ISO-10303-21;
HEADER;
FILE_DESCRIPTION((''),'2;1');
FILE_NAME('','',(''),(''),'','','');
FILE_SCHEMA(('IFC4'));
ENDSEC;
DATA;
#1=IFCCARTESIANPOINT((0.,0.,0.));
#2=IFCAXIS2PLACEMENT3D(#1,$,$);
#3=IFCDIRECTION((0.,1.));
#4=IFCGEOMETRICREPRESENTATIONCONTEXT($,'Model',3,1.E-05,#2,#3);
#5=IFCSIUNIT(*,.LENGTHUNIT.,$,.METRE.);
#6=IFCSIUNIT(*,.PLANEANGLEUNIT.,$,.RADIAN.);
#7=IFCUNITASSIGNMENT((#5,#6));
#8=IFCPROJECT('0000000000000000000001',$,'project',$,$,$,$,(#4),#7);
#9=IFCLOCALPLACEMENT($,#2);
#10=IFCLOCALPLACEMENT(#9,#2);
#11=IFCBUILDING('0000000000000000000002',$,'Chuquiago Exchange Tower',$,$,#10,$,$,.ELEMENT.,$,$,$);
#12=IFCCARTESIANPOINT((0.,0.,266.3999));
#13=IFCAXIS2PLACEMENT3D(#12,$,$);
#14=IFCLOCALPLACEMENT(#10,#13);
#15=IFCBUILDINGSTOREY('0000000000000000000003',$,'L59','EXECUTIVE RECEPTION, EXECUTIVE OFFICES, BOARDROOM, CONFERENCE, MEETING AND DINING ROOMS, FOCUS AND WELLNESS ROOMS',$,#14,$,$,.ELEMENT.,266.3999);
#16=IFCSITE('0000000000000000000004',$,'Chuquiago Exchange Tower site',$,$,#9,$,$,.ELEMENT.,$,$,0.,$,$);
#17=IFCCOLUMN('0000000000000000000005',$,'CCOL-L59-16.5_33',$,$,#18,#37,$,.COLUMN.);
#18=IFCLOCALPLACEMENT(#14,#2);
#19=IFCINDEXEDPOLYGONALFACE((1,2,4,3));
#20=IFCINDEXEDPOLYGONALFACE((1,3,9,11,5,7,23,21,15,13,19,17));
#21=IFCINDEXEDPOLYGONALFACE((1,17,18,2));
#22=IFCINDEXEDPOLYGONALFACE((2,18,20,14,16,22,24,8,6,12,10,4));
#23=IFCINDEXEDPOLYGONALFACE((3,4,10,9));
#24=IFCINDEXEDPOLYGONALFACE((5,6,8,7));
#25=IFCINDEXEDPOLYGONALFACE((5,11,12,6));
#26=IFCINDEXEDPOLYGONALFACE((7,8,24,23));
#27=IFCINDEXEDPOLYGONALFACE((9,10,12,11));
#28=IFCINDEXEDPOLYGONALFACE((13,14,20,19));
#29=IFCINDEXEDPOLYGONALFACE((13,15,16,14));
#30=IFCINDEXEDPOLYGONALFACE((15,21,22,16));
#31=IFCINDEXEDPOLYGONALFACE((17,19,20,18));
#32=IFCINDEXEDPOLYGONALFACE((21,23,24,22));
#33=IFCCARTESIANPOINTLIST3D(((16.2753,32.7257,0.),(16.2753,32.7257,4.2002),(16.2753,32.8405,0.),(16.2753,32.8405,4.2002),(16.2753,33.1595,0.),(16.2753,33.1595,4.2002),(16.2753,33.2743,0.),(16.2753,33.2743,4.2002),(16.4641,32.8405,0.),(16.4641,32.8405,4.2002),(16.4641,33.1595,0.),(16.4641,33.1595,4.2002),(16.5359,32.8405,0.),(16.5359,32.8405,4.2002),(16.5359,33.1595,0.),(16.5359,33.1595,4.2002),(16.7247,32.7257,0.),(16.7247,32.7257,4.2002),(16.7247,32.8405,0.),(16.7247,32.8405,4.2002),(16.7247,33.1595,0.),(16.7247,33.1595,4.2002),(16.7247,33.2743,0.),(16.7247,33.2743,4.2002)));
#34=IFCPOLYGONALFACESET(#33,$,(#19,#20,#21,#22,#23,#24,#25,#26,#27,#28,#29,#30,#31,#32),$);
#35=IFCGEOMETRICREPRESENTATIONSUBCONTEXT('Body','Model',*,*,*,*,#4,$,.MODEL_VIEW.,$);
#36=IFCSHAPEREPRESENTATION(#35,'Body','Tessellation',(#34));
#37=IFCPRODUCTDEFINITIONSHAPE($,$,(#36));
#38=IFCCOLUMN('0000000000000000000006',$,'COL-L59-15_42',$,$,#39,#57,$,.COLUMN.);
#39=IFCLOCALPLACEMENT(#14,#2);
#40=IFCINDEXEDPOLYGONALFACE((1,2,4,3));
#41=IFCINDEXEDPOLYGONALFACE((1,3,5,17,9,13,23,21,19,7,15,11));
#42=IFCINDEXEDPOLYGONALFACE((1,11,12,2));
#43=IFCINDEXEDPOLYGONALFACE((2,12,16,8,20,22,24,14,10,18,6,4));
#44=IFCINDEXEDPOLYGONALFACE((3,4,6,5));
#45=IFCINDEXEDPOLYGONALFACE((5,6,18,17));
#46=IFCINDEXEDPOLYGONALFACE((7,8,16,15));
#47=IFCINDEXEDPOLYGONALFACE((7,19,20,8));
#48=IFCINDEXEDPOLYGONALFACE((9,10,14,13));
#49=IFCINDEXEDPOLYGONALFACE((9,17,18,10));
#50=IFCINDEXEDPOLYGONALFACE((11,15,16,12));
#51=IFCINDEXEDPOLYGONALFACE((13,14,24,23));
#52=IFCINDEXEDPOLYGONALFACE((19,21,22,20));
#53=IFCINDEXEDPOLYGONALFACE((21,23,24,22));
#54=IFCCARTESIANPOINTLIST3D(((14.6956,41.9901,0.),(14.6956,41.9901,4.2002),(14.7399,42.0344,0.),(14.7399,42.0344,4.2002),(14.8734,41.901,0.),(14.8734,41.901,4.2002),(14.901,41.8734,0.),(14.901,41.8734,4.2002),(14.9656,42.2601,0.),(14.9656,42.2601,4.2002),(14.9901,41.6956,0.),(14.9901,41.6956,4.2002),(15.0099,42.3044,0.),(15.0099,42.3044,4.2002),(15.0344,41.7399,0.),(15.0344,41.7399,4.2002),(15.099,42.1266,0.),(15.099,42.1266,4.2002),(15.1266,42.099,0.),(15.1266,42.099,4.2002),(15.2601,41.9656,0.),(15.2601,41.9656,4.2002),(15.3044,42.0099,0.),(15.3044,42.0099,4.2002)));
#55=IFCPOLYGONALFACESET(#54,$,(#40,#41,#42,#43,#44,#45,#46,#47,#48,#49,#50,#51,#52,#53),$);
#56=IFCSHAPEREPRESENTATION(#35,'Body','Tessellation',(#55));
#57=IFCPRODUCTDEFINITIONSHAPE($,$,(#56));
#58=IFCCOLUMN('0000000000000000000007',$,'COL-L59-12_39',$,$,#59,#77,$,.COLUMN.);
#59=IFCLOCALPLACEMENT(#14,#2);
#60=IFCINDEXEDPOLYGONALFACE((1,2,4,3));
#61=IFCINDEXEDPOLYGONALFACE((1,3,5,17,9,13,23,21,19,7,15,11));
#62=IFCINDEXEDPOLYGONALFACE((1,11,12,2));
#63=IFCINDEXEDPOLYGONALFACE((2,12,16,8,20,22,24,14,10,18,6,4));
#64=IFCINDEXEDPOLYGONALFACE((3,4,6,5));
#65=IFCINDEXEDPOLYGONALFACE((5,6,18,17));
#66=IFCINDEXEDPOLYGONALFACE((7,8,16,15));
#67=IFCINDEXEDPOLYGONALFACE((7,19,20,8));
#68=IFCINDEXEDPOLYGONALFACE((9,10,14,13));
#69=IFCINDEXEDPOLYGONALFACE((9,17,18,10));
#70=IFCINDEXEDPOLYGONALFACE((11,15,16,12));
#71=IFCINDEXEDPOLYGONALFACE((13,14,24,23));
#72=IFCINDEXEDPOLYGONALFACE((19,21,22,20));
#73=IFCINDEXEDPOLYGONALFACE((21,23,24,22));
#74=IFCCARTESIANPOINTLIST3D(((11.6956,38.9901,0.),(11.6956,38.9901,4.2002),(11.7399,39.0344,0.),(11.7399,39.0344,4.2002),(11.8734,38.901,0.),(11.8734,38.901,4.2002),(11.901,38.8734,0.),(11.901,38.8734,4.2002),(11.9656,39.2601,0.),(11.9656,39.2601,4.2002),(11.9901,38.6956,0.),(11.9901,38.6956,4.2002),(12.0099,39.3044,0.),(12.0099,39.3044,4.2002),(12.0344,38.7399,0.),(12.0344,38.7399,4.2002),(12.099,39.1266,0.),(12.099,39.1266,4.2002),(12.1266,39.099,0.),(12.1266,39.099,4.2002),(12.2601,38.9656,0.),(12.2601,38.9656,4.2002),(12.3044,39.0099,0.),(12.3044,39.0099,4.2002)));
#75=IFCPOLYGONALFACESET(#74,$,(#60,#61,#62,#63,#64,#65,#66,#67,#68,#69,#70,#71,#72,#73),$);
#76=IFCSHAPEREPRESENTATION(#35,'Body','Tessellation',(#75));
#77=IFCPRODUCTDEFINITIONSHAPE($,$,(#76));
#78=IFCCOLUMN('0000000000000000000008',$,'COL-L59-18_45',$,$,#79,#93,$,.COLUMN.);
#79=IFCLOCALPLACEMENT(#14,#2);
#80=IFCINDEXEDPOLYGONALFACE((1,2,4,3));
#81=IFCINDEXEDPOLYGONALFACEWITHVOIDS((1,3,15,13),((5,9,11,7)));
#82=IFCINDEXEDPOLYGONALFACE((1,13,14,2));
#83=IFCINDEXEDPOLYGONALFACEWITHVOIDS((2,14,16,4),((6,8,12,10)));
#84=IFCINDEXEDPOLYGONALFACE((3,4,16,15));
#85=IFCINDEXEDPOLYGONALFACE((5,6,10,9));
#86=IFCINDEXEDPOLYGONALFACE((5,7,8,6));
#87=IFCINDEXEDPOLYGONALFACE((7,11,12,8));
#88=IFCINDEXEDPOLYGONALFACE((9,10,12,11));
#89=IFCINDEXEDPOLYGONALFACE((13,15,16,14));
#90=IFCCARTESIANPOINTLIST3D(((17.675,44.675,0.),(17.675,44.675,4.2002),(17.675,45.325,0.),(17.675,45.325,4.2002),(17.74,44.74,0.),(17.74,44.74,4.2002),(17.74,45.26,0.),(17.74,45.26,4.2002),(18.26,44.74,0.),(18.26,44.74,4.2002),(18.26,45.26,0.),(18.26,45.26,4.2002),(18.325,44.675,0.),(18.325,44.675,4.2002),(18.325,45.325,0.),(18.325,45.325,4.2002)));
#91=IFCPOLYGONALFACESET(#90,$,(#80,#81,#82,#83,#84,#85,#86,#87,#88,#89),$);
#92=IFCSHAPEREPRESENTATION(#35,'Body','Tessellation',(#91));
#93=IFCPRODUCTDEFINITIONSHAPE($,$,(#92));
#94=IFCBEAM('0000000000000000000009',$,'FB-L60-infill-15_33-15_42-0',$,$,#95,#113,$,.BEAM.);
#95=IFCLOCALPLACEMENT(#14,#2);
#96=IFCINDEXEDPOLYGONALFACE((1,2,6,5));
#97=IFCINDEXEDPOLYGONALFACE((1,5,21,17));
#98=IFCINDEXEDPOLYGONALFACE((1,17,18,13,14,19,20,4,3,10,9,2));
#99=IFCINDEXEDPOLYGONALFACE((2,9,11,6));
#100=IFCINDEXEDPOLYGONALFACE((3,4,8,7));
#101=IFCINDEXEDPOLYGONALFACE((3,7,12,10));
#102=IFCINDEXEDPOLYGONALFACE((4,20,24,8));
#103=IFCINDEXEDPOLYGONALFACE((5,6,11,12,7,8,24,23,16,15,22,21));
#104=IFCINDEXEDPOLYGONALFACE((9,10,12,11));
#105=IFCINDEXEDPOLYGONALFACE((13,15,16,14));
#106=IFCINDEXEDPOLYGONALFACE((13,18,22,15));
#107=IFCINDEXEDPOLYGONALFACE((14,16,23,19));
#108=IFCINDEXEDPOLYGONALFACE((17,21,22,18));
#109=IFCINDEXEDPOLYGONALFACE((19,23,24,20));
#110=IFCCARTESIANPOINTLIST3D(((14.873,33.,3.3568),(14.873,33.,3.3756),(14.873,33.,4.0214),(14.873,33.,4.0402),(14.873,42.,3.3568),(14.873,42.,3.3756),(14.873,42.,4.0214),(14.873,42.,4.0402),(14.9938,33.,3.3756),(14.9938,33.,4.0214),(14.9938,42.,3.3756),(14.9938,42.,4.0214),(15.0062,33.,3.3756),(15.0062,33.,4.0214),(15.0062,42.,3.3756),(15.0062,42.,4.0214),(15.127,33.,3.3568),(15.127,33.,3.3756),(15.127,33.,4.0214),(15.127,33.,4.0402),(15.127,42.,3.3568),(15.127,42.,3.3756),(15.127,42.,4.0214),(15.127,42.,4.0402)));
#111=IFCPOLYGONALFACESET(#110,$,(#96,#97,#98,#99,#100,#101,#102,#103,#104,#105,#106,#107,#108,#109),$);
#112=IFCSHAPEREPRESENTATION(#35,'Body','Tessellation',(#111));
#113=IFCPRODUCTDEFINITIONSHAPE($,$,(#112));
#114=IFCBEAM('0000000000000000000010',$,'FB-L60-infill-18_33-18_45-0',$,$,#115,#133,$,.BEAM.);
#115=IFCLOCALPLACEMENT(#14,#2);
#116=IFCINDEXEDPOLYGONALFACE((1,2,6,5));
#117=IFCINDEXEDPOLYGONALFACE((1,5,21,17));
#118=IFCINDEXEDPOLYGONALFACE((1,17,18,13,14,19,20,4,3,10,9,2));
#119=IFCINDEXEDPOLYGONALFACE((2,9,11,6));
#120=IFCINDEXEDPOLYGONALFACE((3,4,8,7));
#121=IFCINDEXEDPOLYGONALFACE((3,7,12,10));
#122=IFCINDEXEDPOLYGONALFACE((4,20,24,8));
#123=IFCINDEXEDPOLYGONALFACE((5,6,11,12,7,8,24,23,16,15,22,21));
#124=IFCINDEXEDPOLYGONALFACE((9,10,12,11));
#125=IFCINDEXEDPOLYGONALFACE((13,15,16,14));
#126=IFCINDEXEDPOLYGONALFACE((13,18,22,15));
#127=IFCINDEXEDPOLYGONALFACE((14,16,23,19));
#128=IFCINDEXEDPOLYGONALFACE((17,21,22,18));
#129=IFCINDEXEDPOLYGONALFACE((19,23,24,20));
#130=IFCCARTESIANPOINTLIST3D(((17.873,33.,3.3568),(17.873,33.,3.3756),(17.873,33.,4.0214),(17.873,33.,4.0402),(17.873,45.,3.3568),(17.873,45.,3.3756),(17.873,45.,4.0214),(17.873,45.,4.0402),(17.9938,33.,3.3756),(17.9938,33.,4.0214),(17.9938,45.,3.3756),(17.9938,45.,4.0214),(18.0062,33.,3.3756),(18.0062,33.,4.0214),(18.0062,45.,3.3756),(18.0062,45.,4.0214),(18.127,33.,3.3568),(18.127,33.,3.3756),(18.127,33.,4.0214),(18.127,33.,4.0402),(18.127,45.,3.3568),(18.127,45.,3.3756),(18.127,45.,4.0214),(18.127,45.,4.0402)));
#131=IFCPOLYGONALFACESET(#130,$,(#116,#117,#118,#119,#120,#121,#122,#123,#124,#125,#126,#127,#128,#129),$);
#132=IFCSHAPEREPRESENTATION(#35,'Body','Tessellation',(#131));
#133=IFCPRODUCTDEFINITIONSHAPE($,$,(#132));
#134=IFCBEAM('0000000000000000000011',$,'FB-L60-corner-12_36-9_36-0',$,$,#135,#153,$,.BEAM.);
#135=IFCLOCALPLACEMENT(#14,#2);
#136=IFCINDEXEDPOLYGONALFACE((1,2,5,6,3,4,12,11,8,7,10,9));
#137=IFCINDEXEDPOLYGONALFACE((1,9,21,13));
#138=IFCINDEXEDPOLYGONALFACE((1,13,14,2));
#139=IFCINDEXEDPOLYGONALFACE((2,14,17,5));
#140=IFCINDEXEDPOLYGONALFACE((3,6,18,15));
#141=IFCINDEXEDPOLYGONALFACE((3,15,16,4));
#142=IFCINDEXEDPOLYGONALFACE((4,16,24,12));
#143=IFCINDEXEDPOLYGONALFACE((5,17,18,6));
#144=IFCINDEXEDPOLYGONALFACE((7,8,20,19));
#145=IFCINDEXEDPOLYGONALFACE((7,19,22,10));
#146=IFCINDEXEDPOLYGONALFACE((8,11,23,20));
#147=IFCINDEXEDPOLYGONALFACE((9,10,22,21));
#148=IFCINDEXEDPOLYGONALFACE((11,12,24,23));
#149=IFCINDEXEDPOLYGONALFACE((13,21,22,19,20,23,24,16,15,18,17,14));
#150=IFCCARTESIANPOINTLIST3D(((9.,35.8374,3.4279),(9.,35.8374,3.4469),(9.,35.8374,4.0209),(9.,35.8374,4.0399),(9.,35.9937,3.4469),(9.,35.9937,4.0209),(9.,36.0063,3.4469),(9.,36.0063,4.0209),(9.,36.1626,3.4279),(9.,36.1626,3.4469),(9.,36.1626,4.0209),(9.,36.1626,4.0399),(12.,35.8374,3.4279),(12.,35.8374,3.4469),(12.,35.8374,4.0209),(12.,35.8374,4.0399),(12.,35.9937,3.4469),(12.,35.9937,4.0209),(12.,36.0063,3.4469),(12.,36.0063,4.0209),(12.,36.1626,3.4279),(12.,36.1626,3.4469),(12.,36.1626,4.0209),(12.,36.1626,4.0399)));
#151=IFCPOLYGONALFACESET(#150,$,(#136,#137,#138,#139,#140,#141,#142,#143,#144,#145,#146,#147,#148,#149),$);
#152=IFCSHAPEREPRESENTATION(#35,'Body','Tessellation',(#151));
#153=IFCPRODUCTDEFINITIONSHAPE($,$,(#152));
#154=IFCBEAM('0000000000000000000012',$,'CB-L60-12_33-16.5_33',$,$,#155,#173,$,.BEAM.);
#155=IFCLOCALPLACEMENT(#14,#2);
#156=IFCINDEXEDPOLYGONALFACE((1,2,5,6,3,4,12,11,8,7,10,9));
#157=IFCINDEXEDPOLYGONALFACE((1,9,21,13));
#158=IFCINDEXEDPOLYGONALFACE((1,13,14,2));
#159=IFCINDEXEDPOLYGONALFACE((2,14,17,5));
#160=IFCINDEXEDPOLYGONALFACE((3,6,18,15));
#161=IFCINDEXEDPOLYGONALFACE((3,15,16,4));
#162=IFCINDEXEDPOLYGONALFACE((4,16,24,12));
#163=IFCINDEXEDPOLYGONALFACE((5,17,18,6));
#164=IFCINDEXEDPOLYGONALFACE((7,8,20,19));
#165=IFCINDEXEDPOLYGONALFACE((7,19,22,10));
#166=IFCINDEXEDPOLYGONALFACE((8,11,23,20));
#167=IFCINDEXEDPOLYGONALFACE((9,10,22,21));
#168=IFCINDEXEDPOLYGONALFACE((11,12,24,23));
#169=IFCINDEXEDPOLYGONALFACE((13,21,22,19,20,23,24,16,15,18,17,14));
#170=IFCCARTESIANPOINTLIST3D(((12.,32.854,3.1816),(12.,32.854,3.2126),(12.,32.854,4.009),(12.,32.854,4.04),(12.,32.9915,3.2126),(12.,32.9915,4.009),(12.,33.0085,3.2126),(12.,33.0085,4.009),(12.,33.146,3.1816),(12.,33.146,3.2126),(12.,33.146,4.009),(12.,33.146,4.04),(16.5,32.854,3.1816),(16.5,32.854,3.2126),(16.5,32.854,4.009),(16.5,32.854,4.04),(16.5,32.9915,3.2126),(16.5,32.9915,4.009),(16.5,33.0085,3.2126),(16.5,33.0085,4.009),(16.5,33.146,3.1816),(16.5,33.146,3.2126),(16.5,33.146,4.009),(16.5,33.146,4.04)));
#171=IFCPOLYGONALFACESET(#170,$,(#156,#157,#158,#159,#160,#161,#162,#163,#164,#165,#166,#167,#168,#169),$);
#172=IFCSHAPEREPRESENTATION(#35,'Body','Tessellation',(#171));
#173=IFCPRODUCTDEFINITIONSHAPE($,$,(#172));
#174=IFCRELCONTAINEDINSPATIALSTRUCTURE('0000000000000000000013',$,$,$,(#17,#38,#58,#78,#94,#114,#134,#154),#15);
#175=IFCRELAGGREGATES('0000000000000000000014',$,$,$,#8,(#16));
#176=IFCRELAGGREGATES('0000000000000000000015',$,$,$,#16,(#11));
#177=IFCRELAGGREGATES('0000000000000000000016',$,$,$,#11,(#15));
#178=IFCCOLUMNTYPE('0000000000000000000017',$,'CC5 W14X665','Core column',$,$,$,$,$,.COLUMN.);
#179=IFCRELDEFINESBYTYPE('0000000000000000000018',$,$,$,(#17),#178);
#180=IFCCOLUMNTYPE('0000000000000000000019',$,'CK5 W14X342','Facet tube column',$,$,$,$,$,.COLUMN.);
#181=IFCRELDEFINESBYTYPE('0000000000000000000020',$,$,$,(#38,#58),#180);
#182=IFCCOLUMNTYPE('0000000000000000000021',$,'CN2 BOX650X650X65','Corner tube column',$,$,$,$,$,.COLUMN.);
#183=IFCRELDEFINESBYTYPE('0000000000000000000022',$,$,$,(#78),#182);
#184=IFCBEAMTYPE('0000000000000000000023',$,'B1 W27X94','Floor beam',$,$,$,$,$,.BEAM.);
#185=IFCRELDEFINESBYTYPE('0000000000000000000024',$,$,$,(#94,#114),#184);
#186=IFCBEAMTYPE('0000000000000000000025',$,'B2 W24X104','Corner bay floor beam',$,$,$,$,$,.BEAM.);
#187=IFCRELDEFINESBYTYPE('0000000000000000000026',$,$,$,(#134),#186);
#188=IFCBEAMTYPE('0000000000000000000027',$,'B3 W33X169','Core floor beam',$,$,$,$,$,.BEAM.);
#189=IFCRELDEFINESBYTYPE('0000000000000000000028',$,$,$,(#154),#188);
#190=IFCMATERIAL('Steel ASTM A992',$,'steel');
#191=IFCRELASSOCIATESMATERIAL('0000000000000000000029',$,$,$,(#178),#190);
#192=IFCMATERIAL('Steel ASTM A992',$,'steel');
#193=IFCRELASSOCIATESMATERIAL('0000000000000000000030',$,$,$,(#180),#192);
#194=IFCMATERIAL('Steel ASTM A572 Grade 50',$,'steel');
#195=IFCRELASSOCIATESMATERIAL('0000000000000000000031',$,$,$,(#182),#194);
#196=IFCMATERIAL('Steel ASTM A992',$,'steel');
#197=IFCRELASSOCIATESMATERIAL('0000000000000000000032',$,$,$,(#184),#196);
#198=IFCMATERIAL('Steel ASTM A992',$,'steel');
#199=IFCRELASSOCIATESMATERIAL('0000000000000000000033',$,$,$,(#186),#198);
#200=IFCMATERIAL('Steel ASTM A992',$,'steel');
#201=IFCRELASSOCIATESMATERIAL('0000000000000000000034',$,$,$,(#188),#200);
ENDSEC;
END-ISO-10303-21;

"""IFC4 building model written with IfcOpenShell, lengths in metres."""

from ifc_helpers import new_model, si_unit, direction, frame, origin, origin_2d, place, context, subcontext, project, spatial, hollow_rectangle, i_section, extrude, material, material_profile, profile_set, type_object, element, save


model = new_model("IFC4")

# Units and contexts
model_context = context("Model", 3, precision=1e-05, world=origin(), true_north=direction((0.0, 1.0)))
body_context = subcontext(model_context, "Body", "Model", "MODEL_VIEW")
ifc_project = project(units=[si_unit("LENGTHUNIT", "METRE"), si_unit("PLANEANGLEUNIT", "RADIAN")], contexts=[model_context])

# Site, building, storey
site_placement = place(None, origin())
site = spatial("IfcSite", under=ifc_project, at=site_placement, Name="Chuquiago Exchange Tower site", CompositionType="ELEMENT", RefElevation=0.0)
building_placement = place(site_placement, origin())
building = spatial("IfcBuilding", under=site, at=building_placement, Name="Chuquiago Exchange Tower", CompositionType="ELEMENT")
storey_placement = place(building_placement, frame((0.0, 0.0, 266.3999)))
storey = spatial("IfcBuildingStorey", under=building, at=storey_placement, Name="L59", Description="EXECUTIVE RECEPTION, EXECUTIVE OFFICES, BOARDROOM, CONFERENCE, MEETING AND DINING ROOMS, FOCUS AND WELLNESS ROOMS", CompositionType="ELEMENT", Elevation=266.3999)

# Columns
ifc_material_1 = material(Name="Steel ASTM A992", Category="steel")
ifc_material_profile_1 = material_profile(ifc_material_1, i_section(OverallWidth=0.4495, OverallDepth=0.5486, WebThickness=0.0718, FlangeThickness=0.1147, at=origin_2d()), Name="W14X665")
ifc_profile_set_1 = profile_set([ifc_material_profile_1], Name="Steel ASTM A992")
column_type_1 = type_object("IfcColumnType", Name="CC5 W14X665", Description="Core column", PredefinedType="COLUMN", material=ifc_profile_set_1)
column_1_placement = place(storey_placement, frame((16.5, 33.0, 0.0), z_axis=(0.0, 0.0, 1.0), x_axis=(1.0, 0.0, 0.0)))
element("IfcColumn", 1, at=column_1_placement, inside=storey, type_object=column_type_1, Name="CCOL-L59-16.5_33", PredefinedType="COLUMN", context=body_context, shape_type="SweptSolid", body=[
    extrude(i_section(OverallWidth=0.4495, OverallDepth=0.5486, WebThickness=0.0718, FlangeThickness=0.1147, at=origin_2d()), origin(), (0.0, 0.0, 1.0), 4.2002),
])
ifc_material_2 = material(Name="Steel ASTM A992", Category="steel")
ifc_material_profile_2 = material_profile(ifc_material_2, i_section(OverallWidth=0.4165, OverallDepth=0.4446, WebThickness=0.0391, FlangeThickness=0.0627, at=origin_2d()), Name="W14X342")
ifc_profile_set_2 = profile_set([ifc_material_profile_2], Name="Steel ASTM A992")
column_type_2 = type_object("IfcColumnType", Name="CK5 W14X342", Description="Facet tube column", PredefinedType="COLUMN", material=ifc_profile_set_2)
for number, where, z_axis, x_axis, name in (
    (2, (15.0, 42.0, 0.0), (0.0, 0.0, 1.0), (-0.707107, 0.707107, 0.0), "COL-L59-15_42"),
    (3, (12.0, 39.0, 0.0), (0.0, 0.0, 1.0), (-0.707107, 0.707107, 0.0), "COL-L59-12_39"),
):
    element("IfcColumn", number, at=place(storey_placement, frame(where, z_axis=z_axis, x_axis=x_axis)), inside=storey, type_object=column_type_2, Name=name, PredefinedType="COLUMN", context=body_context, shape_type="SweptSolid", body=[
        extrude(i_section(OverallWidth=0.4165, OverallDepth=0.4446, WebThickness=0.0391, FlangeThickness=0.0627, at=origin_2d()), origin(), (0.0, 0.0, 1.0), 4.2002),
    ])
ifc_material_3 = material(Name="Steel ASTM A572 Grade 50", Category="steel")
ifc_material_profile_3 = material_profile(ifc_material_3, hollow_rectangle(XDim=0.6499, YDim=0.6499, WallThickness=0.0649, at=origin_2d()), Name="BOX650X650X65")
ifc_profile_set_3 = profile_set([ifc_material_profile_3], Name="Steel ASTM A572 Grade 50")
column_type_3 = type_object("IfcColumnType", Name="CN2 BOX650X650X65", Description="Corner tube column", PredefinedType="COLUMN", material=ifc_profile_set_3)
column_2_placement = place(storey_placement, frame((18.0, 45.0, 0.0), z_axis=(0.0, 0.0, 1.0), x_axis=(0.0, 1.0, 0.0)))
element("IfcColumn", 4, at=column_2_placement, inside=storey, type_object=column_type_3, Name="COL-L59-18_45", PredefinedType="COLUMN", context=body_context, shape_type="SweptSolid", body=[
    extrude(hollow_rectangle(XDim=0.6499, YDim=0.6499, WallThickness=0.0649, at=origin_2d()), origin(), (0.0, 0.0, 1.0), 4.2002),
])

# Beams
ifc_material_4 = material(Name="Steel ASTM A992", Category="steel")
ifc_material_profile_4 = material_profile(ifc_material_4, i_section(OverallWidth=0.2539, OverallDepth=0.6833, WebThickness=0.0125, FlangeThickness=0.0188, at=origin_2d()), Name="W27X94")
ifc_profile_set_4 = profile_set([ifc_material_profile_4], Name="Steel ASTM A992")
beam_type_1 = type_object("IfcBeamType", Name="B1 W27X94", Description="Floor beam", PredefinedType="BEAM", material=ifc_profile_set_4)
beam_1_placement = place(storey_placement, frame((15.0, 33.0, 3.6985), z_axis=(0.0, 1.0, 0.0), x_axis=(-1.0, 0.0, 0.0)))
element("IfcBeam", 5, at=beam_1_placement, inside=storey, type_object=beam_type_1, Name="FB-L60-infill-15_33-15_42-0", PredefinedType="BEAM", context=body_context, shape_type="SweptSolid", body=[
    extrude(i_section(OverallWidth=0.2539, OverallDepth=0.6833, WebThickness=0.0125, FlangeThickness=0.0188, at=origin_2d()), origin(), (0.0, 0.0, 1.0), 9.0),
])
beam_2_placement = place(storey_placement, frame((18.0, 33.0, 3.6985), z_axis=(0.0, 1.0, 0.0), x_axis=(-1.0, 0.0, 0.0)))
element("IfcBeam", 6, at=beam_2_placement, inside=storey, type_object=beam_type_1, Name="FB-L60-infill-18_33-18_45-0", PredefinedType="BEAM", context=body_context, shape_type="SweptSolid", body=[
    extrude(i_section(OverallWidth=0.2539, OverallDepth=0.6833, WebThickness=0.0125, FlangeThickness=0.0188, at=origin_2d()), origin(), (0.0, 0.0, 1.0), 12.0),
])
ifc_material_5 = material(Name="Steel ASTM A992", Category="steel")
ifc_material_profile_5 = material_profile(ifc_material_5, i_section(OverallWidth=0.3252, OverallDepth=0.6121, WebThickness=0.0127, FlangeThickness=0.019, at=origin_2d()), Name="W24X104")
ifc_profile_set_5 = profile_set([ifc_material_profile_5], Name="Steel ASTM A992")
beam_type_2 = type_object("IfcBeamType", Name="B2 W24X104", Description="Corner bay floor beam", PredefinedType="BEAM", material=ifc_profile_set_5)
beam_3_placement = place(storey_placement, frame((12.0, 36.0, 3.7339), z_axis=(-1.0, 0.0, 0.0), x_axis=(0.0, -1.0, 0.0)))
element("IfcBeam", 7, at=beam_3_placement, inside=storey, type_object=beam_type_2, Name="FB-L60-corner-12_36-9_36-0", PredefinedType="BEAM", context=body_context, shape_type="SweptSolid", body=[
    extrude(i_section(OverallWidth=0.3252, OverallDepth=0.6121, WebThickness=0.0127, FlangeThickness=0.019, at=origin_2d()), origin(), (0.0, 0.0, 1.0), 3.0),
])
ifc_material_6 = material(Name="Steel ASTM A992", Category="steel")
ifc_material_profile_6 = material_profile(ifc_material_6, i_section(OverallWidth=0.292, OverallDepth=0.8584, WebThickness=0.0171, FlangeThickness=0.031, at=origin_2d()), Name="W33X169")
ifc_profile_set_6 = profile_set([ifc_material_profile_6], Name="Steel ASTM A992")
beam_type_3 = type_object("IfcBeamType", Name="B3 W33X169", Description="Core floor beam", PredefinedType="BEAM", material=ifc_profile_set_6)
beam_4_placement = place(storey_placement, frame((12.0, 33.0, 3.6108), z_axis=(1.0, 0.0, 0.0), x_axis=(0.0, 1.0, 0.0)))
element("IfcBeam", 8, at=beam_4_placement, inside=storey, type_object=beam_type_3, Name="CB-L60-12_33-16.5_33", PredefinedType="BEAM", context=body_context, shape_type="SweptSolid", body=[
    extrude(i_section(OverallWidth=0.292, OverallDepth=0.8584, WebThickness=0.0171, FlangeThickness=0.031, at=origin_2d()), origin(), (0.0, 0.0, 1.0), 4.5),
])

save(model, "model.ifc")
